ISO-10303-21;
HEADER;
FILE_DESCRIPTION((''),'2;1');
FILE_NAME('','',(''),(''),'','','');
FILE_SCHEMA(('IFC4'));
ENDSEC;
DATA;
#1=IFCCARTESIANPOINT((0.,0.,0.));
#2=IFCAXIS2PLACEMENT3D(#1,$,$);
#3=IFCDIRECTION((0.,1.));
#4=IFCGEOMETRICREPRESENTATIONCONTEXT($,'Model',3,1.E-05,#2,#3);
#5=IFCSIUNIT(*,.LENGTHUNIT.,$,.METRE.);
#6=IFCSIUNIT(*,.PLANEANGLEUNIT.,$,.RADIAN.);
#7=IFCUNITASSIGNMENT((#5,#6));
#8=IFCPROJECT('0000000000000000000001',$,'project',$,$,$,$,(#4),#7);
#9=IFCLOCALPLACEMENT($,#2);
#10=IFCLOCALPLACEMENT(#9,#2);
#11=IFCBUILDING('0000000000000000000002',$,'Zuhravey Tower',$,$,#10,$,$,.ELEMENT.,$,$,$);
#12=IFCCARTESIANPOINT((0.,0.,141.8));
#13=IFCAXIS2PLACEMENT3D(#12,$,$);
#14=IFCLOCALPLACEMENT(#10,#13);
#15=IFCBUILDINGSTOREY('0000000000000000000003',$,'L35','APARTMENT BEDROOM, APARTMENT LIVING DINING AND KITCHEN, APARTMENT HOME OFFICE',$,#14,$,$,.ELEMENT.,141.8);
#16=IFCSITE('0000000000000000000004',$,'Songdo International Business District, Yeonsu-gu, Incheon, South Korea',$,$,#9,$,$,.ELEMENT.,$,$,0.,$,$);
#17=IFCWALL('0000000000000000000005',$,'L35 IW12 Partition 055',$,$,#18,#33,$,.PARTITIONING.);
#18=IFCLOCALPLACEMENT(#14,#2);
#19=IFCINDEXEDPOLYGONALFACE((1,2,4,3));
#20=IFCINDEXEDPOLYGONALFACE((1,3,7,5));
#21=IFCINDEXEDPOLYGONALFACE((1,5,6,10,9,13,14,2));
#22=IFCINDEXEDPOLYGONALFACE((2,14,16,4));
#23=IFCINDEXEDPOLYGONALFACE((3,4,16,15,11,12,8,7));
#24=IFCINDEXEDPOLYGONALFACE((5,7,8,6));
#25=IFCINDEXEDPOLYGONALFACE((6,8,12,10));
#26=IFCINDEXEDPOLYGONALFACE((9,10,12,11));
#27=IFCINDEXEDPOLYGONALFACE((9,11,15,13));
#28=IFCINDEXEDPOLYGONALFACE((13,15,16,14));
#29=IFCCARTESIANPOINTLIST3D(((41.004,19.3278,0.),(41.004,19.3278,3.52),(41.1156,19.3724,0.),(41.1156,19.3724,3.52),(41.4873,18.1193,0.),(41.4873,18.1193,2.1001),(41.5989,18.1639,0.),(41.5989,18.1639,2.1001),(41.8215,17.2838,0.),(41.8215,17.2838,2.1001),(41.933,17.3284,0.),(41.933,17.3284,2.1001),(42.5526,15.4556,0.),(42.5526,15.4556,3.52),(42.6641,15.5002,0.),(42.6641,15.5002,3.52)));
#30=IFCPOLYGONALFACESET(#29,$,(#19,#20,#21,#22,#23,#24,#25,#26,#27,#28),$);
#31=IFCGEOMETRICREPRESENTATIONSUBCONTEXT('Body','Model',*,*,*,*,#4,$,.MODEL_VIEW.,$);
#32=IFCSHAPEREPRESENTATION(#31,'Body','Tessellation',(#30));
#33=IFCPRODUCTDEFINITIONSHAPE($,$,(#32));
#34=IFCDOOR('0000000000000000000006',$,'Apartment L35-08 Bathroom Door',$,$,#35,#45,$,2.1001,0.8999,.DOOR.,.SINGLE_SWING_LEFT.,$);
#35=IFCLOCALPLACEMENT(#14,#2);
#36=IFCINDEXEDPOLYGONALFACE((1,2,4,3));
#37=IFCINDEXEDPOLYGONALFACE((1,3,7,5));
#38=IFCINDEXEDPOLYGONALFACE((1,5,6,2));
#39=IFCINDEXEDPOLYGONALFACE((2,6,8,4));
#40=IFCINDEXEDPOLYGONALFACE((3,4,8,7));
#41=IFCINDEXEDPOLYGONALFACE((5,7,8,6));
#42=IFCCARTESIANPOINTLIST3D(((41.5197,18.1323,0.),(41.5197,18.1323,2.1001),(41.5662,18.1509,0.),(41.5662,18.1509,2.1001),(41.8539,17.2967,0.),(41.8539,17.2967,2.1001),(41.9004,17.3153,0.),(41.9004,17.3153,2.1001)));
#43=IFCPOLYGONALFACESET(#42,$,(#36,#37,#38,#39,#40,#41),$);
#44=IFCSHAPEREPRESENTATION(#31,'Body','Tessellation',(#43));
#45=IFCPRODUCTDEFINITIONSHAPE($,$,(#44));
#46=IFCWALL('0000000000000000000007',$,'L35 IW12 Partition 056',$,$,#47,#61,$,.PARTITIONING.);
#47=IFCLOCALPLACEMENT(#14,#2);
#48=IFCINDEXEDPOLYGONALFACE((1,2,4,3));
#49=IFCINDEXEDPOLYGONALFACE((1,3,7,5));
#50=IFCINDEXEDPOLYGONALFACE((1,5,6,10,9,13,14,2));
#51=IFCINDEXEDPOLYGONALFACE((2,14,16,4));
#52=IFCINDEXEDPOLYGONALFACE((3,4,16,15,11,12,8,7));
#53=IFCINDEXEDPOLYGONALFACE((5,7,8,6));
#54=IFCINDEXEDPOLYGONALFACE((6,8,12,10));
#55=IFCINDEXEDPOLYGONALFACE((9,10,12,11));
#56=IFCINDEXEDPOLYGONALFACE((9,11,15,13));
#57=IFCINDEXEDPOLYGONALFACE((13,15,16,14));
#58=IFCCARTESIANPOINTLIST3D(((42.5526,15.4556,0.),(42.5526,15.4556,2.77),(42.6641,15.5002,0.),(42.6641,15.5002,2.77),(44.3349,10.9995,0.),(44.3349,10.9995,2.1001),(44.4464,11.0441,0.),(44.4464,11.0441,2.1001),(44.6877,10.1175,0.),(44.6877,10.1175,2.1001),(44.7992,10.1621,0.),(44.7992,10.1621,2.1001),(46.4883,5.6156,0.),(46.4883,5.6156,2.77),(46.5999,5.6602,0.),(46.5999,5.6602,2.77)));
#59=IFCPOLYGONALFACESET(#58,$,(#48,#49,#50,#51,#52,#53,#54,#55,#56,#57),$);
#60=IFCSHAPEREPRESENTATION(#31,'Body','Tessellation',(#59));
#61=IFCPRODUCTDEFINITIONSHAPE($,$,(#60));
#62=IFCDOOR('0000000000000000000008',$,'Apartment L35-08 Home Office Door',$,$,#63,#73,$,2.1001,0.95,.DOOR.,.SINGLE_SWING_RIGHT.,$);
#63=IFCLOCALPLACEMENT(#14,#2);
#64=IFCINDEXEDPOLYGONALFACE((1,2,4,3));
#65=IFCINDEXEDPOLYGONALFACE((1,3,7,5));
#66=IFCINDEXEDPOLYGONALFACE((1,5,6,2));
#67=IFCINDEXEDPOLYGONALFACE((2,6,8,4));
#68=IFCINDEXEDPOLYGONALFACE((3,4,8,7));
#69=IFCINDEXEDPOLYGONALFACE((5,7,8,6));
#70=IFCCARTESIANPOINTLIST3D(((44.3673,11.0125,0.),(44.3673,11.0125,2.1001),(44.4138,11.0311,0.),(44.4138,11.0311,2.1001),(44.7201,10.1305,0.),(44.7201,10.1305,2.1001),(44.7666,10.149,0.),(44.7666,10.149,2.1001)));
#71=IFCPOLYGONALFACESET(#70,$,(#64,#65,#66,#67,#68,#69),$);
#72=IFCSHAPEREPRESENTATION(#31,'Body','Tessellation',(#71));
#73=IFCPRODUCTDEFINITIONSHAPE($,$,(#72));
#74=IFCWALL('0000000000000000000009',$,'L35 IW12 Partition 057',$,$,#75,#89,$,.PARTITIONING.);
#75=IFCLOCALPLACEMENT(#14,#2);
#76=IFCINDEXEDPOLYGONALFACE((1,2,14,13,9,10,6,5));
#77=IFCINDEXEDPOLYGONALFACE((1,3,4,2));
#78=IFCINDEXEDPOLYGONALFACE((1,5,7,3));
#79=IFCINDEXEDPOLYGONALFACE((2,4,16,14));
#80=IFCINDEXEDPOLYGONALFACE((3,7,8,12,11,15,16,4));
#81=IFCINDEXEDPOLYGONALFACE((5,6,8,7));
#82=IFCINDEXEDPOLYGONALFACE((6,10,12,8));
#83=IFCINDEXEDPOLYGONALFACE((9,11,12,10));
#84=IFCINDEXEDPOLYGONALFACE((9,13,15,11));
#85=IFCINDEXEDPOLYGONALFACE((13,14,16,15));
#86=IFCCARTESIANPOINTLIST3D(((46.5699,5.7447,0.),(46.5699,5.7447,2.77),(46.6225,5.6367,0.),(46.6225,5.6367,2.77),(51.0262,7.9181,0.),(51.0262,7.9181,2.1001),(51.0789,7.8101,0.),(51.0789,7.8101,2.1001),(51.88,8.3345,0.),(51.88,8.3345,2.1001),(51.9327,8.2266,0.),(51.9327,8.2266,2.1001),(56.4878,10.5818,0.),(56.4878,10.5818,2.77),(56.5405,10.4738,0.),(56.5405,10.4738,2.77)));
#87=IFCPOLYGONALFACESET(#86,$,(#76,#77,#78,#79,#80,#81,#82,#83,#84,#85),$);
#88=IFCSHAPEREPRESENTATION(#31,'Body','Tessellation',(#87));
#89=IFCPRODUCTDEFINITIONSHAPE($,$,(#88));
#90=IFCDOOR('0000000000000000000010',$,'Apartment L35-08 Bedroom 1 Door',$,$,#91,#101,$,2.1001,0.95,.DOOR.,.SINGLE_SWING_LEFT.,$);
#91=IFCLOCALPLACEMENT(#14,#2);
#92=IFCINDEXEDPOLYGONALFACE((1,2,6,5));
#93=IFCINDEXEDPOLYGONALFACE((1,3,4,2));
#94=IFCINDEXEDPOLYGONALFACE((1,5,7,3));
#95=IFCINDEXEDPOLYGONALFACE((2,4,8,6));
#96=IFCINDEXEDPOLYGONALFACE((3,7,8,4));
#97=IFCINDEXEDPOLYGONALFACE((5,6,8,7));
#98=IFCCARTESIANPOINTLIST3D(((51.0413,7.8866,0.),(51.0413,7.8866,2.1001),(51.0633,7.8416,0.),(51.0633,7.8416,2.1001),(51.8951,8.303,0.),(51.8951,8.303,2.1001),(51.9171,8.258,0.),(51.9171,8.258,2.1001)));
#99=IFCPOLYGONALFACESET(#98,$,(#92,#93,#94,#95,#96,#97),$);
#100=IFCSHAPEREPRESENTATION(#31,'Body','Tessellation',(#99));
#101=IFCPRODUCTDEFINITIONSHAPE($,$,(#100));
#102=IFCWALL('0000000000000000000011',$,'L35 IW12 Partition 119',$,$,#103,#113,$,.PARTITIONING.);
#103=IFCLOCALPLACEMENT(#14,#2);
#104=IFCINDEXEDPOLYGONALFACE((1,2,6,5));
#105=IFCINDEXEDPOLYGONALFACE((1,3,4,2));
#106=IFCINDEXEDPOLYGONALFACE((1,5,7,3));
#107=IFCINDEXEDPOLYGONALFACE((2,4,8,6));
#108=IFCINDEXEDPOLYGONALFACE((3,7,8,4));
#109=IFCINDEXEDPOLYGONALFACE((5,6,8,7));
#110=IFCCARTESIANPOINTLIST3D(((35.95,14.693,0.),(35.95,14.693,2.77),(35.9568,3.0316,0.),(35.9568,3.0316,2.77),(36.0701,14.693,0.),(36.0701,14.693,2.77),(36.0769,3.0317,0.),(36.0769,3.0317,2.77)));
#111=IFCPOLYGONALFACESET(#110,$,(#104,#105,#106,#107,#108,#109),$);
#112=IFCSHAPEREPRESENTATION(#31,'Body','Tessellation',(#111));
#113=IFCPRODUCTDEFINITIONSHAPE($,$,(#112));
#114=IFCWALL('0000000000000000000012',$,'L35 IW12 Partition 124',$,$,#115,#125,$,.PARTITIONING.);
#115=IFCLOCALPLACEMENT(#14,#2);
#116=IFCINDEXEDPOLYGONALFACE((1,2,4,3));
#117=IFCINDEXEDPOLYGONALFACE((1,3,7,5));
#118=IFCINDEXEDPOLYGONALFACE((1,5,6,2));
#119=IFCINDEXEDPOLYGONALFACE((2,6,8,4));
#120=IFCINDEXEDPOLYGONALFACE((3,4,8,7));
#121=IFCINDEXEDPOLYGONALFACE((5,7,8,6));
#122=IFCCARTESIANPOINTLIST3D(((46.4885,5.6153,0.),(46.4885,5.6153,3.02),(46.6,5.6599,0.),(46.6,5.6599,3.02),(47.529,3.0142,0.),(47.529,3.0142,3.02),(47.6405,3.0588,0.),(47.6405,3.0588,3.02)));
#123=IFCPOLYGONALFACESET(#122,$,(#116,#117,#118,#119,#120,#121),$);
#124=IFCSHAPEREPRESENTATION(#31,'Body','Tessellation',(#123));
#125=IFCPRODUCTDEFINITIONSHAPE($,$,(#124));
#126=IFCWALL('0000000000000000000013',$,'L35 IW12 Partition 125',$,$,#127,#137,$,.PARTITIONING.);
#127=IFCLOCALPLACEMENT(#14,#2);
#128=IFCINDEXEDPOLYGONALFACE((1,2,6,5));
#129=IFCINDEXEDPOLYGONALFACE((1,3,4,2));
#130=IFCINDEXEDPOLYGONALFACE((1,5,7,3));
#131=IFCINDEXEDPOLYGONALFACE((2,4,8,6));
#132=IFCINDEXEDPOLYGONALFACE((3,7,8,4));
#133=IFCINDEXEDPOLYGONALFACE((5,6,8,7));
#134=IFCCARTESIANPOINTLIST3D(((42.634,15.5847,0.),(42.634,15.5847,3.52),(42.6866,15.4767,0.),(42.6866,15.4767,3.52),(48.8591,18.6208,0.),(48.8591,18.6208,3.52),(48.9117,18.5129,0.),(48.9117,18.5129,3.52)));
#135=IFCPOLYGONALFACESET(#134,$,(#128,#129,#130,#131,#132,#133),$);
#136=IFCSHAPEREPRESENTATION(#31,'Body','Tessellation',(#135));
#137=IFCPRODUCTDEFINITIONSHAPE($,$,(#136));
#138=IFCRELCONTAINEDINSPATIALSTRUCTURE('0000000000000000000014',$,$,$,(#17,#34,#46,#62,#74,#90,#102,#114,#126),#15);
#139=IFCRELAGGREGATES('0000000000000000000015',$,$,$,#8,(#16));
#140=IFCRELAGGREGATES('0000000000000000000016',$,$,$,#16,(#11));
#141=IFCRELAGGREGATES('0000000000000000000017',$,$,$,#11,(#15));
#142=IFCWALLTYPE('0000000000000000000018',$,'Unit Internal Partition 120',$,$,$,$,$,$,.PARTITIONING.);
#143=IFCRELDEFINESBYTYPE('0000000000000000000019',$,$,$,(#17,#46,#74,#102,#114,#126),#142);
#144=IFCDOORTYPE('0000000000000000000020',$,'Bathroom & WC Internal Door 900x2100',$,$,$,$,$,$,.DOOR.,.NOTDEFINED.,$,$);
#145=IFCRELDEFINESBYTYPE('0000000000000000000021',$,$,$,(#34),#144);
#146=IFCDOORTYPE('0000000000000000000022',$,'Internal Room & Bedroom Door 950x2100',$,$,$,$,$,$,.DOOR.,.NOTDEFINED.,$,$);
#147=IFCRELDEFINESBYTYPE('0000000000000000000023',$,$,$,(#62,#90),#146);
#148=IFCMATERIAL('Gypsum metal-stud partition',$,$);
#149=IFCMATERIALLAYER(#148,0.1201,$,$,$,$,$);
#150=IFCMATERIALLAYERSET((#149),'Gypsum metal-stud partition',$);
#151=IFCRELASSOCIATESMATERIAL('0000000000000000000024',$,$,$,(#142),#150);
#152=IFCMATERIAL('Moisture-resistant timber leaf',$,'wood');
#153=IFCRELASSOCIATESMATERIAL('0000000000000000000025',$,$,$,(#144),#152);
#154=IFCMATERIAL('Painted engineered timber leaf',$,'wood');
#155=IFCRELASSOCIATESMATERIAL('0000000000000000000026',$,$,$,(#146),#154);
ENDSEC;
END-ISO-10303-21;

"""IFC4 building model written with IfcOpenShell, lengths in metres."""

from ifc_helpers import new_model, si_unit, direction, frame, frame_2d, origin, place, context, subcontext, project, spatial, rectangle, extrude, material, layer, layer_set, type_object, element, fill, save


model = new_model("IFC4")

# Units and contexts
model_context = context("Model", 3, precision=1e-05, world=origin(), true_north=direction((0.0, 1.0)))
body_context = subcontext(model_context, "Body", "Model", "MODEL_VIEW")
ifc_project = project(units=[si_unit("LENGTHUNIT", "METRE"), si_unit("PLANEANGLEUNIT", "RADIAN")], contexts=[model_context])

# Site, building, storey
site_placement = place(None, origin())
site = spatial("IfcSite", under=ifc_project, at=site_placement, Name="Songdo International Business District, Yeonsu-gu, Incheon, South Korea", CompositionType="ELEMENT", RefElevation=0.0)
building_placement = place(site_placement, origin())
building = spatial("IfcBuilding", under=site, at=building_placement, Name="Zuhravey Tower", CompositionType="ELEMENT")
storey_placement = place(building_placement, frame((0.0, 0.0, 141.8)))
storey = spatial("IfcBuildingStorey", under=building, at=storey_placement, Name="L35", Description="APARTMENT BEDROOM, APARTMENT LIVING DINING AND KITCHEN, APARTMENT HOME OFFICE", CompositionType="ELEMENT", Elevation=141.8)

# Walls, openings, doors
ifc_material_1 = material(Name="Gypsum metal-stud partition")
ifc_layer_1 = layer(ifc_material_1, 0.1201)
ifc_layer_set_1 = layer_set([ifc_layer_1], Name="Gypsum metal-stud partition")
wall_type_1 = type_object("IfcWallType", Name="Unit Internal Partition 120", PredefinedType="PARTITIONING", material=ifc_layer_set_1)
wall_1_placement = place(storey_placement, frame((41.0598, 19.3501, 0.0), z_axis=(0.0, 0.0, 1.0), x_axis=(0.37132, -0.928505, 0.0)))
wall_1 = element("IfcWall", 1, at=wall_1_placement, inside=storey, type_object=wall_type_1, Name="L35 IW12 Partition 055", PredefinedType="PARTITIONING", context=body_context, shape_type="SweptSolid", body=[
    extrude(rectangle(XDim=4.1704, YDim=0.1201, at=frame_2d((2.0852, 0.0))), origin(), (0.0, 0.0, 1.0), 3.52),
])
opening_1_placement = place(wall_1_placement, frame((1.3015, 0.0, 0.0)))
opening_1 = element("IfcOpeningElement", 2, at=opening_1_placement, cuts=wall_1, PredefinedType="OPENING", context=body_context, shape_type="SweptSolid", body=[
    extrude(rectangle(XDim=0.8999, YDim=2.1001, at=frame_2d((0.45, 1.05))), frame((0.0, 0.072, 0.0), z_axis=(0.0, -1.0, 0.0), x_axis=(1.0, 0.0, 0.0)), (0.0, 0.0, 1.0), 0.144),
])
ifc_material_2 = material(Name="Moisture-resistant timber leaf", Category="wood")
door_type_1 = type_object("IfcDoorType", Name="Bathroom & WC Internal Door 900x2100", OperationType="NOTDEFINED", PredefinedType="DOOR", material=ifc_material_2)
door_1_placement = place(opening_1_placement, origin())
door_1 = element("IfcDoor", 3, at=door_1_placement, inside=storey, type_object=door_type_1, Name="Apartment L35-08 Bathroom Door", OperationType="SINGLE_SWING_LEFT", OverallHeight=2.1001, OverallWidth=0.8999, PredefinedType="DOOR", context=body_context, shape_type="SweptSolid", body=[
    extrude(rectangle(XDim=0.8999, YDim=2.1001, at=frame_2d((0.45, 1.05))), frame((0.0, 0.0249, 0.0), z_axis=(0.0, -1.0, 0.0), x_axis=(1.0, 0.0, 0.0)), (0.0, 0.0, 1.0), 0.05),
])
fill(opening_1, door_1)
wall_2_placement = place(storey_placement, frame((42.6084, 15.4778, 0.0), z_axis=(0.0, 0.0, 1.0), x_axis=(0.371371, -0.928485, 0.0)))
wall_2 = element("IfcWall", 4, at=wall_2_placement, inside=storey, type_object=wall_type_1, Name="L35 IW12 Partition 056", PredefinedType="PARTITIONING", context=body_context, shape_type="SweptSolid", body=[
    extrude(rectangle(XDim=10.5979, YDim=0.1201, at=frame_2d((5.2988, 0.0))), origin(), (0.0, 0.0, 1.0), 2.77),
])
opening_2_placement = place(wall_2_placement, frame((4.7991, 0.0, 0.0)))
opening_2 = element("IfcOpeningElement", 5, at=opening_2_placement, cuts=wall_2, PredefinedType="OPENING", context=body_context, shape_type="SweptSolid", body=[
    extrude(rectangle(XDim=0.95, YDim=2.1001, at=frame_2d((0.4751, 1.05))), frame((0.0, 0.072, 0.0), z_axis=(0.0, -1.0, 0.0), x_axis=(1.0, 0.0, 0.0)), (0.0, 0.0, 1.0), 0.144),
])
ifc_material_3 = material(Name="Painted engineered timber leaf", Category="wood")
door_type_2 = type_object("IfcDoorType", Name="Internal Room & Bedroom Door 950x2100", OperationType="NOTDEFINED", PredefinedType="DOOR", material=ifc_material_3)
door_2_placement = place(opening_2_placement, origin())
door_2 = element("IfcDoor", 6, at=door_2_placement, inside=storey, type_object=door_type_2, Name="Apartment L35-08 Home Office Door", OperationType="SINGLE_SWING_RIGHT", OverallHeight=2.1001, OverallWidth=0.95, PredefinedType="DOOR", context=body_context, shape_type="SweptSolid", body=[
    extrude(rectangle(XDim=0.95, YDim=2.1001, at=frame_2d((0.4751, 1.05))), frame((0.0, 0.0249, 0.0), z_axis=(0.0, -1.0, 0.0), x_axis=(1.0, 0.0, 0.0)), (0.0, 0.0, 1.0), 0.05),
])
fill(opening_2, door_2)
wall_3_placement = place(storey_placement, frame((46.5962, 5.6907, 0.0), z_axis=(0.0, 0.0, 1.0), x_axis=(0.8988, 0.43836, 0.0)))
wall_3 = element("IfcWall", 7, at=wall_3_placement, inside=storey, type_object=wall_type_1, Name="L35 IW12 Partition 057", PredefinedType="PARTITIONING", context=body_context, shape_type="SweptSolid", body=[
    extrude(rectangle(XDim=11.0347, YDim=0.1201, at=frame_2d((5.5173, 0.0))), origin(), (0.0, 0.0, 1.0), 2.77),
])
opening_3_placement = place(wall_3_placement, frame((4.958, 0.0, 0.0)))
opening_3 = element("IfcOpeningElement", 8, at=opening_3_placement, cuts=wall_3, PredefinedType="OPENING", context=body_context, shape_type="SweptSolid", body=[
    extrude(rectangle(XDim=0.95, YDim=2.1001, at=frame_2d((0.4751, 1.05))), frame((0.0, 0.072, 0.0), z_axis=(0.0, -1.0, 0.0), x_axis=(1.0, 0.0, 0.0)), (0.0, 0.0, 1.0), 0.144),
])
door_3_placement = place(opening_3_placement, frame((0.95, 0.0, 0.0), z_axis=(0.0, 0.0, 1.0), x_axis=(-1.0, 0.0, 0.0)))
door_3 = element("IfcDoor", 9, at=door_3_placement, inside=storey, type_object=door_type_2, Name="Apartment L35-08 Bedroom 1 Door", OperationType="SINGLE_SWING_LEFT", OverallHeight=2.1001, OverallWidth=0.95, PredefinedType="DOOR", context=body_context, shape_type="SweptSolid", body=[
    extrude(rectangle(XDim=0.95, YDim=2.1001, at=frame_2d((0.4751, 1.05))), frame((0.0, 0.0249, 0.0), z_axis=(0.0, -1.0, 0.0), x_axis=(1.0, 0.0, 0.0)), (0.0, 0.0, 1.0), 0.05),
])
fill(opening_3, door_3)

# Walls
wall_4_placement = place(storey_placement, frame((36.01, 14.6929, 0.0), z_axis=(0.0, 0.0, 1.0), x_axis=(0.000586, -1.0, 0.0)))
element("IfcWall", 10, at=wall_4_placement, inside=storey, type_object=wall_type_1, Name="L35 IW12 Partition 119", PredefinedType="PARTITIONING", context=body_context, shape_type="SweptSolid", body=[
    extrude(rectangle(XDim=11.6614, YDim=0.1201, at=frame_2d((5.8306, 0.0))), origin(), (0.0, 0.0, 1.0), 2.77),
])
wall_5_placement = place(storey_placement, frame((46.5442, 5.6377, 0.0), z_axis=(0.0, 0.0, 1.0), x_axis=(0.371421, -0.928465, 0.0)))
element("IfcWall", 11, at=wall_5_placement, inside=storey, type_object=wall_type_1, Name="L35 IW12 Partition 124", PredefinedType="PARTITIONING", context=body_context, shape_type="SweptSolid", body=[
    extrude(rectangle(XDim=2.8015, YDim=0.1201, at=frame_2d((1.4009, 0.0))), origin(), (0.0, 0.0, 1.0), 3.02),
])
wall_6_placement = place(storey_placement, frame((42.6604, 15.5308, 0.0), z_axis=(0.0, 0.0, 1.0), x_axis=(0.898797, 0.438365, 0.0)))
element("IfcWall", 12, at=wall_6_placement, inside=storey, type_object=wall_type_1, Name="L35 IW12 Partition 125", PredefinedType="PARTITIONING", context=body_context, shape_type="SweptSolid", body=[
    extrude(rectangle(XDim=6.926, YDim=0.1201, at=frame_2d((3.4629, 0.0))), origin(), (0.0, 0.0, 1.0), 3.52),
])

save(model, "model.ifc")
